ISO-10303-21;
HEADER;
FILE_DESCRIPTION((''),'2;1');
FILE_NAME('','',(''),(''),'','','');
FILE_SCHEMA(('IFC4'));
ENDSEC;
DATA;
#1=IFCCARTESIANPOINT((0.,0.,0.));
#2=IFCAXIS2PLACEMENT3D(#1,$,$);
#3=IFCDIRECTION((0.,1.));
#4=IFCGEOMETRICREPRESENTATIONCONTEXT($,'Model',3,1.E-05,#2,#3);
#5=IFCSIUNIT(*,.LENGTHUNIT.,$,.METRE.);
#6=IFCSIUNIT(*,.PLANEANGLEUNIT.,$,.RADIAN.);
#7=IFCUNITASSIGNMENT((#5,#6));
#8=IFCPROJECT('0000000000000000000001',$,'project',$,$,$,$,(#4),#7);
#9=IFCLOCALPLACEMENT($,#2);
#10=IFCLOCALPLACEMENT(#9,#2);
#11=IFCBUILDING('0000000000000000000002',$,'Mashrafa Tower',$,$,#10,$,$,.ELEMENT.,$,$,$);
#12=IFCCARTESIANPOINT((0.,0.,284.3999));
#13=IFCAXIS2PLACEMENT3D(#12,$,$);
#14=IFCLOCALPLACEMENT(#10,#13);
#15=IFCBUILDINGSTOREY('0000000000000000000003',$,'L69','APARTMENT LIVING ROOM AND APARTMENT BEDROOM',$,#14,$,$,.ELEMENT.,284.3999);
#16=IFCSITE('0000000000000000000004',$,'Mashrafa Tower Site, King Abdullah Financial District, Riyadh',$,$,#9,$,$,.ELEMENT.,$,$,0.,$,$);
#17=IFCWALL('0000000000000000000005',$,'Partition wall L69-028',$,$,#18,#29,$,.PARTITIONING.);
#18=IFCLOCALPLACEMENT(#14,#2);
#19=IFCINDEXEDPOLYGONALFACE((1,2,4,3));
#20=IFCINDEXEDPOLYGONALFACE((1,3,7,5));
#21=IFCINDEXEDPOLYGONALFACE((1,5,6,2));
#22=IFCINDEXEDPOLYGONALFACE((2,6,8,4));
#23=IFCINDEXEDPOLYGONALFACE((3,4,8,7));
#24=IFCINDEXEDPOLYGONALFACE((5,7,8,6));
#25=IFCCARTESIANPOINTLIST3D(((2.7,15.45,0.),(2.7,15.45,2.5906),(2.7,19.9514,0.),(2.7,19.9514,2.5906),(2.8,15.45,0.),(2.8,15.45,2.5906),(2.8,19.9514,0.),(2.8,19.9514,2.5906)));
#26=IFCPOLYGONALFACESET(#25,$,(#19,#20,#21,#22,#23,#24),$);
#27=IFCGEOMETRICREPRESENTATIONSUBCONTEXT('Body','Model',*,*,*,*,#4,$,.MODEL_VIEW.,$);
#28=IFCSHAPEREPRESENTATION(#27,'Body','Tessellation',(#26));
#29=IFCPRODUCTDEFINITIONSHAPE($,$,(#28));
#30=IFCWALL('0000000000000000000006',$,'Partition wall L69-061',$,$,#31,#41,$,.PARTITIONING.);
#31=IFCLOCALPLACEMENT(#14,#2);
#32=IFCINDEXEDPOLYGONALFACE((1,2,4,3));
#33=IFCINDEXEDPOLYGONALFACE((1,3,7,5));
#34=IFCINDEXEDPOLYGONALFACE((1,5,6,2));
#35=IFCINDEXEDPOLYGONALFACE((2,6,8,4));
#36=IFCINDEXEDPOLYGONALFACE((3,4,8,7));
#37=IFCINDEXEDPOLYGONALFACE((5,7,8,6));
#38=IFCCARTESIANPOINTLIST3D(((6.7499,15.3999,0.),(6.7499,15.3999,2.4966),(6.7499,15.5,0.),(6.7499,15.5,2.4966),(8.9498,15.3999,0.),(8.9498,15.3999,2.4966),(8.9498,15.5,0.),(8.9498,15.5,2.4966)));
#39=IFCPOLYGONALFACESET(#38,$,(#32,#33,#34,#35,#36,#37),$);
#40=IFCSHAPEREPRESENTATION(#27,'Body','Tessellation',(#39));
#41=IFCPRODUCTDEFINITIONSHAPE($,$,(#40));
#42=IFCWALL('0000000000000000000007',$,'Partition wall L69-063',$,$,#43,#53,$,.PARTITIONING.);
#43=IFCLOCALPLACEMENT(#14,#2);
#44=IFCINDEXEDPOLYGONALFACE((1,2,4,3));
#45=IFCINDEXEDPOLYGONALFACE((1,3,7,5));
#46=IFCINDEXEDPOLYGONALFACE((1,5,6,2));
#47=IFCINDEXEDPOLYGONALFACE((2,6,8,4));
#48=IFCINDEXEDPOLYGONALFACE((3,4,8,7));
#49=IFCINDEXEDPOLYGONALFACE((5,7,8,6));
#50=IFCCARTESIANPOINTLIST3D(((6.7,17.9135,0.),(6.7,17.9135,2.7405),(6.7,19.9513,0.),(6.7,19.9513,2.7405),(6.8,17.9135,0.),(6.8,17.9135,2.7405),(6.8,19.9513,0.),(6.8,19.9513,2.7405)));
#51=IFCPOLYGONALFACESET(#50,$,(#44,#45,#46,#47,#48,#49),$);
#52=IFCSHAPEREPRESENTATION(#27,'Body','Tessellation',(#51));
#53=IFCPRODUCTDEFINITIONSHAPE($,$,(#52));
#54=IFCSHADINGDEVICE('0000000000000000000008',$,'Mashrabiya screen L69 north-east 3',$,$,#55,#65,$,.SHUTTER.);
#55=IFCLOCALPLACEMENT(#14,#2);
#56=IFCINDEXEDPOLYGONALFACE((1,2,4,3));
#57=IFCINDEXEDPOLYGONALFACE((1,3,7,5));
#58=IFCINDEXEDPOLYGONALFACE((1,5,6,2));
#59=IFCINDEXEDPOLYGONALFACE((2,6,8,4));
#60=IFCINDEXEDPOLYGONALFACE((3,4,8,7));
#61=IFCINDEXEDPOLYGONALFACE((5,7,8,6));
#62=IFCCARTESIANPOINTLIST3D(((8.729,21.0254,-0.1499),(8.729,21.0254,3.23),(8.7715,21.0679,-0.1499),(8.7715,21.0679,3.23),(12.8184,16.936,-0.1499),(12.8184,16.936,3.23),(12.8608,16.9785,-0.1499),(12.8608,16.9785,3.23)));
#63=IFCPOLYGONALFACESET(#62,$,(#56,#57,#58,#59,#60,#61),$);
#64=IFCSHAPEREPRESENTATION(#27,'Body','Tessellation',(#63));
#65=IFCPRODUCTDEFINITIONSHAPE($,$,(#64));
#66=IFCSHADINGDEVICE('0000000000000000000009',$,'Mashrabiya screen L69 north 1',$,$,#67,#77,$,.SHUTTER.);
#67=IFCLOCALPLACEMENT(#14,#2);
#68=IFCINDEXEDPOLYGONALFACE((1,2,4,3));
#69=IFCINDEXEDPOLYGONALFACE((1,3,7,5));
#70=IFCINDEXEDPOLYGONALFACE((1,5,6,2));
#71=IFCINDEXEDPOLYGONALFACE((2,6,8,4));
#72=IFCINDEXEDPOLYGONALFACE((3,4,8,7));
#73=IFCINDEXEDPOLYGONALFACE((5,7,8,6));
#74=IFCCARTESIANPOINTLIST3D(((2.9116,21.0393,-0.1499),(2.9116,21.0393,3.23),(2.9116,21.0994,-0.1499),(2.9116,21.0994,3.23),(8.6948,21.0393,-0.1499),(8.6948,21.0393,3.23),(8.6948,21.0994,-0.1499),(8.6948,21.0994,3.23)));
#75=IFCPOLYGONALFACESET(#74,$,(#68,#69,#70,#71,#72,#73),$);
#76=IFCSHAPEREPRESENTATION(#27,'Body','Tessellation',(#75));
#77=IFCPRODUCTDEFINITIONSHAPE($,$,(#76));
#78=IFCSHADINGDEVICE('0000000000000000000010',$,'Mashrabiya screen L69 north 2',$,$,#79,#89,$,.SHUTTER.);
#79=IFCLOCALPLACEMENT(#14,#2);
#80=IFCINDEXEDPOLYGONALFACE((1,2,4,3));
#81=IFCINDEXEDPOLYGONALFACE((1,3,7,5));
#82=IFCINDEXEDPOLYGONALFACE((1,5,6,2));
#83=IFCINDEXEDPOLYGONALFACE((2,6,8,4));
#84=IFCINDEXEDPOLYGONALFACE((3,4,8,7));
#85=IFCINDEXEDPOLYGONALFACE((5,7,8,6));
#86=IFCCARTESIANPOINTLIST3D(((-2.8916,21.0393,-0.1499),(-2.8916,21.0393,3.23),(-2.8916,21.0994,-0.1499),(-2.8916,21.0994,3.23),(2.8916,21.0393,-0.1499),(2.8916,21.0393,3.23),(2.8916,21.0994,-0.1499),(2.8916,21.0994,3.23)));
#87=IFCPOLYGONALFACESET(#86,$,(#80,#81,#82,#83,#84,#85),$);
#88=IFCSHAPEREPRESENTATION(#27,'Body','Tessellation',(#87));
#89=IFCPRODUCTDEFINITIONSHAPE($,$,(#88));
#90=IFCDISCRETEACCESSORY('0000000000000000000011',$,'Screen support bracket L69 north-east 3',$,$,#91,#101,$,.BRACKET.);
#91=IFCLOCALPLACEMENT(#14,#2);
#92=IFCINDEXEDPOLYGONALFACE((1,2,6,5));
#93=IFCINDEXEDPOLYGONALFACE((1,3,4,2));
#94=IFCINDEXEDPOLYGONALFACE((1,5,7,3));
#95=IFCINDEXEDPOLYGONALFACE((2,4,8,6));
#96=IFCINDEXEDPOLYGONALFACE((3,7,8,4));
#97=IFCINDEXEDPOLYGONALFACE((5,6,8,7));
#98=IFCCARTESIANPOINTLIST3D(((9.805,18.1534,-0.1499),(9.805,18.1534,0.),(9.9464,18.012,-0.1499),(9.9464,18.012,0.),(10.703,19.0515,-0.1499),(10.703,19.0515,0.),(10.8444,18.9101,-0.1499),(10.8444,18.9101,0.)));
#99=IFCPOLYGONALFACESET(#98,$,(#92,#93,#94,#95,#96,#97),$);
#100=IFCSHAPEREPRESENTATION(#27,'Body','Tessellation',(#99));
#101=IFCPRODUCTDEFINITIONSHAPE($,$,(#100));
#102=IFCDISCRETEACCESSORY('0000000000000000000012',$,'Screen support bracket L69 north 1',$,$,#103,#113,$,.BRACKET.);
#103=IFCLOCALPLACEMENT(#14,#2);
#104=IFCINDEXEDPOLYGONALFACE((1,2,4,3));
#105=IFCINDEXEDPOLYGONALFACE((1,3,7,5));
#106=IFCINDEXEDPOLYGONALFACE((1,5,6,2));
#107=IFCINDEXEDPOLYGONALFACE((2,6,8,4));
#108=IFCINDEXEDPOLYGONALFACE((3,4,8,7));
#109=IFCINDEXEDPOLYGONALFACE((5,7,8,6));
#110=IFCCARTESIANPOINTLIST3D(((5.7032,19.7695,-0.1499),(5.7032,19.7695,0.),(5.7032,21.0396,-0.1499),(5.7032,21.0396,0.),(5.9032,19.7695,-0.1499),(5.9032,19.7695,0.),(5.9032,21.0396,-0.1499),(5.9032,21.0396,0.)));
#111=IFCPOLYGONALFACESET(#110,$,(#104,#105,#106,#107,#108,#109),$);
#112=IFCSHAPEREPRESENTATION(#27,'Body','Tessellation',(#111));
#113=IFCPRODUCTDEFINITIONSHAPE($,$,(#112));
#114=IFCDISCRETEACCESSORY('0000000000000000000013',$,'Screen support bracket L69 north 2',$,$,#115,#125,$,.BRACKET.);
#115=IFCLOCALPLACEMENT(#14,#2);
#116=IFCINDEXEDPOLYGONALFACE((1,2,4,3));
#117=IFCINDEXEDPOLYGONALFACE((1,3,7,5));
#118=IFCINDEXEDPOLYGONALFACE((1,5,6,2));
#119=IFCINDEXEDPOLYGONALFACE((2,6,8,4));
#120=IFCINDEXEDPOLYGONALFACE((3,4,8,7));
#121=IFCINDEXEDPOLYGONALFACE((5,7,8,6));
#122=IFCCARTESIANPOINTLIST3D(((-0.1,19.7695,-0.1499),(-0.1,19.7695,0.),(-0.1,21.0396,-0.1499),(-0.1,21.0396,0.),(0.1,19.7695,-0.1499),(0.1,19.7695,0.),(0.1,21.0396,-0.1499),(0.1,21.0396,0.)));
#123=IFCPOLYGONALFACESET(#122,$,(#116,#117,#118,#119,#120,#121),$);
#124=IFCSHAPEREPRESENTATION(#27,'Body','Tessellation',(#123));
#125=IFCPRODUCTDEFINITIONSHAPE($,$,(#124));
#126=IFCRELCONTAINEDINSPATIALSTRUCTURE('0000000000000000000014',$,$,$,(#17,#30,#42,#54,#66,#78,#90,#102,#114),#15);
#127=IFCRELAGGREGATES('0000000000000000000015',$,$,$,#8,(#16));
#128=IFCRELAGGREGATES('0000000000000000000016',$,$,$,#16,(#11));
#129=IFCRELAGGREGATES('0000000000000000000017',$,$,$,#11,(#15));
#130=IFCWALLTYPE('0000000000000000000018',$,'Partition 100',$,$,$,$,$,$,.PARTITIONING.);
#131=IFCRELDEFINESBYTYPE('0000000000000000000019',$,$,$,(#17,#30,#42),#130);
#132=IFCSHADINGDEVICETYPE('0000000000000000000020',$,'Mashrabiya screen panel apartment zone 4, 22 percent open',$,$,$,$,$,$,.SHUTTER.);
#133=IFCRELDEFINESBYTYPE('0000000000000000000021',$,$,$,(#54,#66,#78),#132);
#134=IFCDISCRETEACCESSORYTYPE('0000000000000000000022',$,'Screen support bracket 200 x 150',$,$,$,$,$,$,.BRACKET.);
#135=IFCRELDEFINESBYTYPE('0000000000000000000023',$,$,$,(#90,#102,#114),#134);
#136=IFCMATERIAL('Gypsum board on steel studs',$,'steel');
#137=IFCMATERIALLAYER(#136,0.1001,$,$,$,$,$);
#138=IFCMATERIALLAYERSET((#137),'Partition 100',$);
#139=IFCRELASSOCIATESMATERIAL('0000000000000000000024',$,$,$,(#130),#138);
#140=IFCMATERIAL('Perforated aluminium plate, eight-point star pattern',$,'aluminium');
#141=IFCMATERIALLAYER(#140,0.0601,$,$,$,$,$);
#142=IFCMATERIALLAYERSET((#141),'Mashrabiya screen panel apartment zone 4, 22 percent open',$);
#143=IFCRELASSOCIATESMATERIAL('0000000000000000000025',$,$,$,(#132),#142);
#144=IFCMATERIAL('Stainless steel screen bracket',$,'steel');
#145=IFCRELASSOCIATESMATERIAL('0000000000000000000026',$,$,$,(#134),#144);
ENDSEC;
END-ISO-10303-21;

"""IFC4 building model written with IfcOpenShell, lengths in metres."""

from ifc_helpers import new_model, si_unit, direction, frame, frame_2d, origin, origin_2d, place, context, subcontext, project, spatial, rectangle, extrude, source, transform, mapped, material, layer, layer_set, type_object, type_shapes, element, save


model = new_model("IFC4")

# Units and contexts
model_context = context("Model", 3, precision=1e-05, world=origin(), true_north=direction((0.0, 1.0)))
body_context = subcontext(model_context, "Body", "Model", "MODEL_VIEW")
ifc_project = project(units=[si_unit("LENGTHUNIT", "METRE"), si_unit("PLANEANGLEUNIT", "RADIAN")], contexts=[model_context])

# Site, building, storey
site_placement = place(None, origin())
site = spatial("IfcSite", under=ifc_project, at=site_placement, Name="Mashrafa Tower Site, King Abdullah Financial District, Riyadh", CompositionType="ELEMENT", RefElevation=0.0)
building_placement = place(site_placement, origin())
building = spatial("IfcBuilding", under=site, at=building_placement, Name="Mashrafa Tower", CompositionType="ELEMENT")
storey_placement = place(building_placement, frame((0.0, 0.0, 284.3999)))
storey = spatial("IfcBuildingStorey", under=building, at=storey_placement, Name="L69", Description="APARTMENT LIVING ROOM AND APARTMENT BEDROOM", CompositionType="ELEMENT", Elevation=284.3999)

# Walls
ifc_material_1 = material(Name="Gypsum board on steel studs", Category="steel")
ifc_layer_1 = layer(ifc_material_1, 0.1001)
ifc_layer_set_1 = layer_set([ifc_layer_1], Name="Partition 100")
wall_type = type_object("IfcWallType", Name="Partition 100", PredefinedType="PARTITIONING", material=ifc_layer_set_1)
wall_1_placement = place(storey_placement, frame((2.75, 19.9514, 0.0), z_axis=(0.0, 0.0, 1.0), x_axis=(0.0, -1.0, 0.0)))
element("IfcWall", 1, at=wall_1_placement, inside=storey, type_object=wall_type, Name="Partition wall L69-028", PredefinedType="PARTITIONING", context=body_context, shape_type="SweptSolid", body=[
    extrude(rectangle(XDim=4.5015, YDim=0.1001, at=frame_2d((2.2507, 0.0))), origin(), (0.0, 0.0, 1.0), 2.5906),
])
wall_2_placement = place(storey_placement, frame((8.95, 15.45, 0.0), z_axis=(0.0, 0.0, 1.0), x_axis=(-1.0, 0.0, 0.0)))
element("IfcWall", 2, at=wall_2_placement, inside=storey, type_object=wall_type, Name="Partition wall L69-061", PredefinedType="PARTITIONING", context=body_context, shape_type="SweptSolid", body=[
    extrude(rectangle(XDim=2.2, YDim=0.1001, at=frame_2d((1.1001, 0.0))), origin(), (0.0, 0.0, 1.0), 2.4966),
])
wall_3_placement = place(storey_placement, frame((6.75, 19.9514, 0.0), z_axis=(0.0, 0.0, 1.0), x_axis=(0.0, -1.0, 0.0)))
element("IfcWall", 3, at=wall_3_placement, inside=storey, type_object=wall_type, Name="Partition wall L69-063", PredefinedType="PARTITIONING", context=body_context, shape_type="SweptSolid", body=[
    extrude(rectangle(XDim=2.0378, YDim=0.1001, at=frame_2d((1.019, 0.0))), origin(), (0.0, 0.0, 1.0), 2.7405),
])

# Shading devices
ifc_material_2 = material(Name="Perforated aluminium plate, eight-point star pattern", Category="aluminium")
ifc_layer_2 = layer(ifc_material_2, 0.0601)
ifc_layer_set_2 = layer_set([ifc_layer_2], Name="Mashrabiya screen panel apartment zone 4, 22 percent open")
shading_device_type = type_object("IfcShadingDeviceType", Name="Mashrabiya screen panel apartment zone 4, 22 percent open", PredefinedType="SHUTTER", material=ifc_layer_set_2)
shared_shape_1 = source(origin(), body_context, "Body", "SweptSolid", [
    extrude(rectangle(XDim=5.7832, YDim=0.0601, at=origin_2d()), origin(), (0.0, 0.0, 1.0), 3.3799),
])
type_shapes(shading_device_type, [shared_shape_1])
for number, where, z_axis, x_axis, name in (
    (4, (10.7949, 19.002, -0.1499), (0.0, 0.0, 1.0), (-0.707107, 0.707107, 0.0), "Mashrabiya screen L69 north-east 3"),
    (5, (5.8032, 21.0693, -0.1499), (0.0, 0.0, 1.0), (-1.0, 0.0, 0.0), "Mashrabiya screen L69 north 1"),
    (6, (0.0, 21.0693, -0.1499), (0.0, 0.0, 1.0), (-1.0, 0.0, 0.0), "Mashrabiya screen L69 north 2"),
):
    element("IfcShadingDevice", number, at=place(storey_placement, frame(where, z_axis=z_axis, x_axis=x_axis)), inside=storey, type_object=shading_device_type, Name=name, PredefinedType="SHUTTER", context=body_context, shape_type="MappedRepresentation", body=[
        mapped(shared_shape_1, transform((0.0, 0.0, 0.0))),
    ])

# Discrete accessories
ifc_material_3 = material(Name="Stainless steel screen bracket", Category="steel")
discrete_accessory_type = type_object("IfcDiscreteAccessoryType", Name="Screen support bracket 200 x 150", PredefinedType="BRACKET", material=ifc_material_3)
shared_shape_2 = source(origin(), body_context, "Body", "SweptSolid", [
    extrude(rectangle(XDim=0.2, YDim=1.27, at=origin_2d()), origin(), (0.0, 0.0, 1.0), 0.1499),
])
type_shapes(discrete_accessory_type, [shared_shape_2])
for number, where, z_axis, x_axis, name in (
    (7, (10.3247, 18.5317, -0.1499), (0.0, 0.0, 1.0), (-0.707107, 0.707107, 0.0), "Screen support bracket L69 north-east 3"),
    (8, (5.8032, 20.4045, -0.1499), (0.0, 0.0, 1.0), (-1.0, 0.0, 0.0), "Screen support bracket L69 north 1"),
    (9, (0.0, 20.4045, -0.1499), (0.0, 0.0, 1.0), (-1.0, 0.0, 0.0), "Screen support bracket L69 north 2"),
):
    element("IfcDiscreteAccessory", number, at=place(storey_placement, frame(where, z_axis=z_axis, x_axis=x_axis)), inside=storey, type_object=discrete_accessory_type, Name=name, PredefinedType="BRACKET", context=body_context, shape_type="MappedRepresentation", body=[
        mapped(shared_shape_2, transform((0.0, 0.0, 0.0))),
    ])

save(model, "model.ifc")
